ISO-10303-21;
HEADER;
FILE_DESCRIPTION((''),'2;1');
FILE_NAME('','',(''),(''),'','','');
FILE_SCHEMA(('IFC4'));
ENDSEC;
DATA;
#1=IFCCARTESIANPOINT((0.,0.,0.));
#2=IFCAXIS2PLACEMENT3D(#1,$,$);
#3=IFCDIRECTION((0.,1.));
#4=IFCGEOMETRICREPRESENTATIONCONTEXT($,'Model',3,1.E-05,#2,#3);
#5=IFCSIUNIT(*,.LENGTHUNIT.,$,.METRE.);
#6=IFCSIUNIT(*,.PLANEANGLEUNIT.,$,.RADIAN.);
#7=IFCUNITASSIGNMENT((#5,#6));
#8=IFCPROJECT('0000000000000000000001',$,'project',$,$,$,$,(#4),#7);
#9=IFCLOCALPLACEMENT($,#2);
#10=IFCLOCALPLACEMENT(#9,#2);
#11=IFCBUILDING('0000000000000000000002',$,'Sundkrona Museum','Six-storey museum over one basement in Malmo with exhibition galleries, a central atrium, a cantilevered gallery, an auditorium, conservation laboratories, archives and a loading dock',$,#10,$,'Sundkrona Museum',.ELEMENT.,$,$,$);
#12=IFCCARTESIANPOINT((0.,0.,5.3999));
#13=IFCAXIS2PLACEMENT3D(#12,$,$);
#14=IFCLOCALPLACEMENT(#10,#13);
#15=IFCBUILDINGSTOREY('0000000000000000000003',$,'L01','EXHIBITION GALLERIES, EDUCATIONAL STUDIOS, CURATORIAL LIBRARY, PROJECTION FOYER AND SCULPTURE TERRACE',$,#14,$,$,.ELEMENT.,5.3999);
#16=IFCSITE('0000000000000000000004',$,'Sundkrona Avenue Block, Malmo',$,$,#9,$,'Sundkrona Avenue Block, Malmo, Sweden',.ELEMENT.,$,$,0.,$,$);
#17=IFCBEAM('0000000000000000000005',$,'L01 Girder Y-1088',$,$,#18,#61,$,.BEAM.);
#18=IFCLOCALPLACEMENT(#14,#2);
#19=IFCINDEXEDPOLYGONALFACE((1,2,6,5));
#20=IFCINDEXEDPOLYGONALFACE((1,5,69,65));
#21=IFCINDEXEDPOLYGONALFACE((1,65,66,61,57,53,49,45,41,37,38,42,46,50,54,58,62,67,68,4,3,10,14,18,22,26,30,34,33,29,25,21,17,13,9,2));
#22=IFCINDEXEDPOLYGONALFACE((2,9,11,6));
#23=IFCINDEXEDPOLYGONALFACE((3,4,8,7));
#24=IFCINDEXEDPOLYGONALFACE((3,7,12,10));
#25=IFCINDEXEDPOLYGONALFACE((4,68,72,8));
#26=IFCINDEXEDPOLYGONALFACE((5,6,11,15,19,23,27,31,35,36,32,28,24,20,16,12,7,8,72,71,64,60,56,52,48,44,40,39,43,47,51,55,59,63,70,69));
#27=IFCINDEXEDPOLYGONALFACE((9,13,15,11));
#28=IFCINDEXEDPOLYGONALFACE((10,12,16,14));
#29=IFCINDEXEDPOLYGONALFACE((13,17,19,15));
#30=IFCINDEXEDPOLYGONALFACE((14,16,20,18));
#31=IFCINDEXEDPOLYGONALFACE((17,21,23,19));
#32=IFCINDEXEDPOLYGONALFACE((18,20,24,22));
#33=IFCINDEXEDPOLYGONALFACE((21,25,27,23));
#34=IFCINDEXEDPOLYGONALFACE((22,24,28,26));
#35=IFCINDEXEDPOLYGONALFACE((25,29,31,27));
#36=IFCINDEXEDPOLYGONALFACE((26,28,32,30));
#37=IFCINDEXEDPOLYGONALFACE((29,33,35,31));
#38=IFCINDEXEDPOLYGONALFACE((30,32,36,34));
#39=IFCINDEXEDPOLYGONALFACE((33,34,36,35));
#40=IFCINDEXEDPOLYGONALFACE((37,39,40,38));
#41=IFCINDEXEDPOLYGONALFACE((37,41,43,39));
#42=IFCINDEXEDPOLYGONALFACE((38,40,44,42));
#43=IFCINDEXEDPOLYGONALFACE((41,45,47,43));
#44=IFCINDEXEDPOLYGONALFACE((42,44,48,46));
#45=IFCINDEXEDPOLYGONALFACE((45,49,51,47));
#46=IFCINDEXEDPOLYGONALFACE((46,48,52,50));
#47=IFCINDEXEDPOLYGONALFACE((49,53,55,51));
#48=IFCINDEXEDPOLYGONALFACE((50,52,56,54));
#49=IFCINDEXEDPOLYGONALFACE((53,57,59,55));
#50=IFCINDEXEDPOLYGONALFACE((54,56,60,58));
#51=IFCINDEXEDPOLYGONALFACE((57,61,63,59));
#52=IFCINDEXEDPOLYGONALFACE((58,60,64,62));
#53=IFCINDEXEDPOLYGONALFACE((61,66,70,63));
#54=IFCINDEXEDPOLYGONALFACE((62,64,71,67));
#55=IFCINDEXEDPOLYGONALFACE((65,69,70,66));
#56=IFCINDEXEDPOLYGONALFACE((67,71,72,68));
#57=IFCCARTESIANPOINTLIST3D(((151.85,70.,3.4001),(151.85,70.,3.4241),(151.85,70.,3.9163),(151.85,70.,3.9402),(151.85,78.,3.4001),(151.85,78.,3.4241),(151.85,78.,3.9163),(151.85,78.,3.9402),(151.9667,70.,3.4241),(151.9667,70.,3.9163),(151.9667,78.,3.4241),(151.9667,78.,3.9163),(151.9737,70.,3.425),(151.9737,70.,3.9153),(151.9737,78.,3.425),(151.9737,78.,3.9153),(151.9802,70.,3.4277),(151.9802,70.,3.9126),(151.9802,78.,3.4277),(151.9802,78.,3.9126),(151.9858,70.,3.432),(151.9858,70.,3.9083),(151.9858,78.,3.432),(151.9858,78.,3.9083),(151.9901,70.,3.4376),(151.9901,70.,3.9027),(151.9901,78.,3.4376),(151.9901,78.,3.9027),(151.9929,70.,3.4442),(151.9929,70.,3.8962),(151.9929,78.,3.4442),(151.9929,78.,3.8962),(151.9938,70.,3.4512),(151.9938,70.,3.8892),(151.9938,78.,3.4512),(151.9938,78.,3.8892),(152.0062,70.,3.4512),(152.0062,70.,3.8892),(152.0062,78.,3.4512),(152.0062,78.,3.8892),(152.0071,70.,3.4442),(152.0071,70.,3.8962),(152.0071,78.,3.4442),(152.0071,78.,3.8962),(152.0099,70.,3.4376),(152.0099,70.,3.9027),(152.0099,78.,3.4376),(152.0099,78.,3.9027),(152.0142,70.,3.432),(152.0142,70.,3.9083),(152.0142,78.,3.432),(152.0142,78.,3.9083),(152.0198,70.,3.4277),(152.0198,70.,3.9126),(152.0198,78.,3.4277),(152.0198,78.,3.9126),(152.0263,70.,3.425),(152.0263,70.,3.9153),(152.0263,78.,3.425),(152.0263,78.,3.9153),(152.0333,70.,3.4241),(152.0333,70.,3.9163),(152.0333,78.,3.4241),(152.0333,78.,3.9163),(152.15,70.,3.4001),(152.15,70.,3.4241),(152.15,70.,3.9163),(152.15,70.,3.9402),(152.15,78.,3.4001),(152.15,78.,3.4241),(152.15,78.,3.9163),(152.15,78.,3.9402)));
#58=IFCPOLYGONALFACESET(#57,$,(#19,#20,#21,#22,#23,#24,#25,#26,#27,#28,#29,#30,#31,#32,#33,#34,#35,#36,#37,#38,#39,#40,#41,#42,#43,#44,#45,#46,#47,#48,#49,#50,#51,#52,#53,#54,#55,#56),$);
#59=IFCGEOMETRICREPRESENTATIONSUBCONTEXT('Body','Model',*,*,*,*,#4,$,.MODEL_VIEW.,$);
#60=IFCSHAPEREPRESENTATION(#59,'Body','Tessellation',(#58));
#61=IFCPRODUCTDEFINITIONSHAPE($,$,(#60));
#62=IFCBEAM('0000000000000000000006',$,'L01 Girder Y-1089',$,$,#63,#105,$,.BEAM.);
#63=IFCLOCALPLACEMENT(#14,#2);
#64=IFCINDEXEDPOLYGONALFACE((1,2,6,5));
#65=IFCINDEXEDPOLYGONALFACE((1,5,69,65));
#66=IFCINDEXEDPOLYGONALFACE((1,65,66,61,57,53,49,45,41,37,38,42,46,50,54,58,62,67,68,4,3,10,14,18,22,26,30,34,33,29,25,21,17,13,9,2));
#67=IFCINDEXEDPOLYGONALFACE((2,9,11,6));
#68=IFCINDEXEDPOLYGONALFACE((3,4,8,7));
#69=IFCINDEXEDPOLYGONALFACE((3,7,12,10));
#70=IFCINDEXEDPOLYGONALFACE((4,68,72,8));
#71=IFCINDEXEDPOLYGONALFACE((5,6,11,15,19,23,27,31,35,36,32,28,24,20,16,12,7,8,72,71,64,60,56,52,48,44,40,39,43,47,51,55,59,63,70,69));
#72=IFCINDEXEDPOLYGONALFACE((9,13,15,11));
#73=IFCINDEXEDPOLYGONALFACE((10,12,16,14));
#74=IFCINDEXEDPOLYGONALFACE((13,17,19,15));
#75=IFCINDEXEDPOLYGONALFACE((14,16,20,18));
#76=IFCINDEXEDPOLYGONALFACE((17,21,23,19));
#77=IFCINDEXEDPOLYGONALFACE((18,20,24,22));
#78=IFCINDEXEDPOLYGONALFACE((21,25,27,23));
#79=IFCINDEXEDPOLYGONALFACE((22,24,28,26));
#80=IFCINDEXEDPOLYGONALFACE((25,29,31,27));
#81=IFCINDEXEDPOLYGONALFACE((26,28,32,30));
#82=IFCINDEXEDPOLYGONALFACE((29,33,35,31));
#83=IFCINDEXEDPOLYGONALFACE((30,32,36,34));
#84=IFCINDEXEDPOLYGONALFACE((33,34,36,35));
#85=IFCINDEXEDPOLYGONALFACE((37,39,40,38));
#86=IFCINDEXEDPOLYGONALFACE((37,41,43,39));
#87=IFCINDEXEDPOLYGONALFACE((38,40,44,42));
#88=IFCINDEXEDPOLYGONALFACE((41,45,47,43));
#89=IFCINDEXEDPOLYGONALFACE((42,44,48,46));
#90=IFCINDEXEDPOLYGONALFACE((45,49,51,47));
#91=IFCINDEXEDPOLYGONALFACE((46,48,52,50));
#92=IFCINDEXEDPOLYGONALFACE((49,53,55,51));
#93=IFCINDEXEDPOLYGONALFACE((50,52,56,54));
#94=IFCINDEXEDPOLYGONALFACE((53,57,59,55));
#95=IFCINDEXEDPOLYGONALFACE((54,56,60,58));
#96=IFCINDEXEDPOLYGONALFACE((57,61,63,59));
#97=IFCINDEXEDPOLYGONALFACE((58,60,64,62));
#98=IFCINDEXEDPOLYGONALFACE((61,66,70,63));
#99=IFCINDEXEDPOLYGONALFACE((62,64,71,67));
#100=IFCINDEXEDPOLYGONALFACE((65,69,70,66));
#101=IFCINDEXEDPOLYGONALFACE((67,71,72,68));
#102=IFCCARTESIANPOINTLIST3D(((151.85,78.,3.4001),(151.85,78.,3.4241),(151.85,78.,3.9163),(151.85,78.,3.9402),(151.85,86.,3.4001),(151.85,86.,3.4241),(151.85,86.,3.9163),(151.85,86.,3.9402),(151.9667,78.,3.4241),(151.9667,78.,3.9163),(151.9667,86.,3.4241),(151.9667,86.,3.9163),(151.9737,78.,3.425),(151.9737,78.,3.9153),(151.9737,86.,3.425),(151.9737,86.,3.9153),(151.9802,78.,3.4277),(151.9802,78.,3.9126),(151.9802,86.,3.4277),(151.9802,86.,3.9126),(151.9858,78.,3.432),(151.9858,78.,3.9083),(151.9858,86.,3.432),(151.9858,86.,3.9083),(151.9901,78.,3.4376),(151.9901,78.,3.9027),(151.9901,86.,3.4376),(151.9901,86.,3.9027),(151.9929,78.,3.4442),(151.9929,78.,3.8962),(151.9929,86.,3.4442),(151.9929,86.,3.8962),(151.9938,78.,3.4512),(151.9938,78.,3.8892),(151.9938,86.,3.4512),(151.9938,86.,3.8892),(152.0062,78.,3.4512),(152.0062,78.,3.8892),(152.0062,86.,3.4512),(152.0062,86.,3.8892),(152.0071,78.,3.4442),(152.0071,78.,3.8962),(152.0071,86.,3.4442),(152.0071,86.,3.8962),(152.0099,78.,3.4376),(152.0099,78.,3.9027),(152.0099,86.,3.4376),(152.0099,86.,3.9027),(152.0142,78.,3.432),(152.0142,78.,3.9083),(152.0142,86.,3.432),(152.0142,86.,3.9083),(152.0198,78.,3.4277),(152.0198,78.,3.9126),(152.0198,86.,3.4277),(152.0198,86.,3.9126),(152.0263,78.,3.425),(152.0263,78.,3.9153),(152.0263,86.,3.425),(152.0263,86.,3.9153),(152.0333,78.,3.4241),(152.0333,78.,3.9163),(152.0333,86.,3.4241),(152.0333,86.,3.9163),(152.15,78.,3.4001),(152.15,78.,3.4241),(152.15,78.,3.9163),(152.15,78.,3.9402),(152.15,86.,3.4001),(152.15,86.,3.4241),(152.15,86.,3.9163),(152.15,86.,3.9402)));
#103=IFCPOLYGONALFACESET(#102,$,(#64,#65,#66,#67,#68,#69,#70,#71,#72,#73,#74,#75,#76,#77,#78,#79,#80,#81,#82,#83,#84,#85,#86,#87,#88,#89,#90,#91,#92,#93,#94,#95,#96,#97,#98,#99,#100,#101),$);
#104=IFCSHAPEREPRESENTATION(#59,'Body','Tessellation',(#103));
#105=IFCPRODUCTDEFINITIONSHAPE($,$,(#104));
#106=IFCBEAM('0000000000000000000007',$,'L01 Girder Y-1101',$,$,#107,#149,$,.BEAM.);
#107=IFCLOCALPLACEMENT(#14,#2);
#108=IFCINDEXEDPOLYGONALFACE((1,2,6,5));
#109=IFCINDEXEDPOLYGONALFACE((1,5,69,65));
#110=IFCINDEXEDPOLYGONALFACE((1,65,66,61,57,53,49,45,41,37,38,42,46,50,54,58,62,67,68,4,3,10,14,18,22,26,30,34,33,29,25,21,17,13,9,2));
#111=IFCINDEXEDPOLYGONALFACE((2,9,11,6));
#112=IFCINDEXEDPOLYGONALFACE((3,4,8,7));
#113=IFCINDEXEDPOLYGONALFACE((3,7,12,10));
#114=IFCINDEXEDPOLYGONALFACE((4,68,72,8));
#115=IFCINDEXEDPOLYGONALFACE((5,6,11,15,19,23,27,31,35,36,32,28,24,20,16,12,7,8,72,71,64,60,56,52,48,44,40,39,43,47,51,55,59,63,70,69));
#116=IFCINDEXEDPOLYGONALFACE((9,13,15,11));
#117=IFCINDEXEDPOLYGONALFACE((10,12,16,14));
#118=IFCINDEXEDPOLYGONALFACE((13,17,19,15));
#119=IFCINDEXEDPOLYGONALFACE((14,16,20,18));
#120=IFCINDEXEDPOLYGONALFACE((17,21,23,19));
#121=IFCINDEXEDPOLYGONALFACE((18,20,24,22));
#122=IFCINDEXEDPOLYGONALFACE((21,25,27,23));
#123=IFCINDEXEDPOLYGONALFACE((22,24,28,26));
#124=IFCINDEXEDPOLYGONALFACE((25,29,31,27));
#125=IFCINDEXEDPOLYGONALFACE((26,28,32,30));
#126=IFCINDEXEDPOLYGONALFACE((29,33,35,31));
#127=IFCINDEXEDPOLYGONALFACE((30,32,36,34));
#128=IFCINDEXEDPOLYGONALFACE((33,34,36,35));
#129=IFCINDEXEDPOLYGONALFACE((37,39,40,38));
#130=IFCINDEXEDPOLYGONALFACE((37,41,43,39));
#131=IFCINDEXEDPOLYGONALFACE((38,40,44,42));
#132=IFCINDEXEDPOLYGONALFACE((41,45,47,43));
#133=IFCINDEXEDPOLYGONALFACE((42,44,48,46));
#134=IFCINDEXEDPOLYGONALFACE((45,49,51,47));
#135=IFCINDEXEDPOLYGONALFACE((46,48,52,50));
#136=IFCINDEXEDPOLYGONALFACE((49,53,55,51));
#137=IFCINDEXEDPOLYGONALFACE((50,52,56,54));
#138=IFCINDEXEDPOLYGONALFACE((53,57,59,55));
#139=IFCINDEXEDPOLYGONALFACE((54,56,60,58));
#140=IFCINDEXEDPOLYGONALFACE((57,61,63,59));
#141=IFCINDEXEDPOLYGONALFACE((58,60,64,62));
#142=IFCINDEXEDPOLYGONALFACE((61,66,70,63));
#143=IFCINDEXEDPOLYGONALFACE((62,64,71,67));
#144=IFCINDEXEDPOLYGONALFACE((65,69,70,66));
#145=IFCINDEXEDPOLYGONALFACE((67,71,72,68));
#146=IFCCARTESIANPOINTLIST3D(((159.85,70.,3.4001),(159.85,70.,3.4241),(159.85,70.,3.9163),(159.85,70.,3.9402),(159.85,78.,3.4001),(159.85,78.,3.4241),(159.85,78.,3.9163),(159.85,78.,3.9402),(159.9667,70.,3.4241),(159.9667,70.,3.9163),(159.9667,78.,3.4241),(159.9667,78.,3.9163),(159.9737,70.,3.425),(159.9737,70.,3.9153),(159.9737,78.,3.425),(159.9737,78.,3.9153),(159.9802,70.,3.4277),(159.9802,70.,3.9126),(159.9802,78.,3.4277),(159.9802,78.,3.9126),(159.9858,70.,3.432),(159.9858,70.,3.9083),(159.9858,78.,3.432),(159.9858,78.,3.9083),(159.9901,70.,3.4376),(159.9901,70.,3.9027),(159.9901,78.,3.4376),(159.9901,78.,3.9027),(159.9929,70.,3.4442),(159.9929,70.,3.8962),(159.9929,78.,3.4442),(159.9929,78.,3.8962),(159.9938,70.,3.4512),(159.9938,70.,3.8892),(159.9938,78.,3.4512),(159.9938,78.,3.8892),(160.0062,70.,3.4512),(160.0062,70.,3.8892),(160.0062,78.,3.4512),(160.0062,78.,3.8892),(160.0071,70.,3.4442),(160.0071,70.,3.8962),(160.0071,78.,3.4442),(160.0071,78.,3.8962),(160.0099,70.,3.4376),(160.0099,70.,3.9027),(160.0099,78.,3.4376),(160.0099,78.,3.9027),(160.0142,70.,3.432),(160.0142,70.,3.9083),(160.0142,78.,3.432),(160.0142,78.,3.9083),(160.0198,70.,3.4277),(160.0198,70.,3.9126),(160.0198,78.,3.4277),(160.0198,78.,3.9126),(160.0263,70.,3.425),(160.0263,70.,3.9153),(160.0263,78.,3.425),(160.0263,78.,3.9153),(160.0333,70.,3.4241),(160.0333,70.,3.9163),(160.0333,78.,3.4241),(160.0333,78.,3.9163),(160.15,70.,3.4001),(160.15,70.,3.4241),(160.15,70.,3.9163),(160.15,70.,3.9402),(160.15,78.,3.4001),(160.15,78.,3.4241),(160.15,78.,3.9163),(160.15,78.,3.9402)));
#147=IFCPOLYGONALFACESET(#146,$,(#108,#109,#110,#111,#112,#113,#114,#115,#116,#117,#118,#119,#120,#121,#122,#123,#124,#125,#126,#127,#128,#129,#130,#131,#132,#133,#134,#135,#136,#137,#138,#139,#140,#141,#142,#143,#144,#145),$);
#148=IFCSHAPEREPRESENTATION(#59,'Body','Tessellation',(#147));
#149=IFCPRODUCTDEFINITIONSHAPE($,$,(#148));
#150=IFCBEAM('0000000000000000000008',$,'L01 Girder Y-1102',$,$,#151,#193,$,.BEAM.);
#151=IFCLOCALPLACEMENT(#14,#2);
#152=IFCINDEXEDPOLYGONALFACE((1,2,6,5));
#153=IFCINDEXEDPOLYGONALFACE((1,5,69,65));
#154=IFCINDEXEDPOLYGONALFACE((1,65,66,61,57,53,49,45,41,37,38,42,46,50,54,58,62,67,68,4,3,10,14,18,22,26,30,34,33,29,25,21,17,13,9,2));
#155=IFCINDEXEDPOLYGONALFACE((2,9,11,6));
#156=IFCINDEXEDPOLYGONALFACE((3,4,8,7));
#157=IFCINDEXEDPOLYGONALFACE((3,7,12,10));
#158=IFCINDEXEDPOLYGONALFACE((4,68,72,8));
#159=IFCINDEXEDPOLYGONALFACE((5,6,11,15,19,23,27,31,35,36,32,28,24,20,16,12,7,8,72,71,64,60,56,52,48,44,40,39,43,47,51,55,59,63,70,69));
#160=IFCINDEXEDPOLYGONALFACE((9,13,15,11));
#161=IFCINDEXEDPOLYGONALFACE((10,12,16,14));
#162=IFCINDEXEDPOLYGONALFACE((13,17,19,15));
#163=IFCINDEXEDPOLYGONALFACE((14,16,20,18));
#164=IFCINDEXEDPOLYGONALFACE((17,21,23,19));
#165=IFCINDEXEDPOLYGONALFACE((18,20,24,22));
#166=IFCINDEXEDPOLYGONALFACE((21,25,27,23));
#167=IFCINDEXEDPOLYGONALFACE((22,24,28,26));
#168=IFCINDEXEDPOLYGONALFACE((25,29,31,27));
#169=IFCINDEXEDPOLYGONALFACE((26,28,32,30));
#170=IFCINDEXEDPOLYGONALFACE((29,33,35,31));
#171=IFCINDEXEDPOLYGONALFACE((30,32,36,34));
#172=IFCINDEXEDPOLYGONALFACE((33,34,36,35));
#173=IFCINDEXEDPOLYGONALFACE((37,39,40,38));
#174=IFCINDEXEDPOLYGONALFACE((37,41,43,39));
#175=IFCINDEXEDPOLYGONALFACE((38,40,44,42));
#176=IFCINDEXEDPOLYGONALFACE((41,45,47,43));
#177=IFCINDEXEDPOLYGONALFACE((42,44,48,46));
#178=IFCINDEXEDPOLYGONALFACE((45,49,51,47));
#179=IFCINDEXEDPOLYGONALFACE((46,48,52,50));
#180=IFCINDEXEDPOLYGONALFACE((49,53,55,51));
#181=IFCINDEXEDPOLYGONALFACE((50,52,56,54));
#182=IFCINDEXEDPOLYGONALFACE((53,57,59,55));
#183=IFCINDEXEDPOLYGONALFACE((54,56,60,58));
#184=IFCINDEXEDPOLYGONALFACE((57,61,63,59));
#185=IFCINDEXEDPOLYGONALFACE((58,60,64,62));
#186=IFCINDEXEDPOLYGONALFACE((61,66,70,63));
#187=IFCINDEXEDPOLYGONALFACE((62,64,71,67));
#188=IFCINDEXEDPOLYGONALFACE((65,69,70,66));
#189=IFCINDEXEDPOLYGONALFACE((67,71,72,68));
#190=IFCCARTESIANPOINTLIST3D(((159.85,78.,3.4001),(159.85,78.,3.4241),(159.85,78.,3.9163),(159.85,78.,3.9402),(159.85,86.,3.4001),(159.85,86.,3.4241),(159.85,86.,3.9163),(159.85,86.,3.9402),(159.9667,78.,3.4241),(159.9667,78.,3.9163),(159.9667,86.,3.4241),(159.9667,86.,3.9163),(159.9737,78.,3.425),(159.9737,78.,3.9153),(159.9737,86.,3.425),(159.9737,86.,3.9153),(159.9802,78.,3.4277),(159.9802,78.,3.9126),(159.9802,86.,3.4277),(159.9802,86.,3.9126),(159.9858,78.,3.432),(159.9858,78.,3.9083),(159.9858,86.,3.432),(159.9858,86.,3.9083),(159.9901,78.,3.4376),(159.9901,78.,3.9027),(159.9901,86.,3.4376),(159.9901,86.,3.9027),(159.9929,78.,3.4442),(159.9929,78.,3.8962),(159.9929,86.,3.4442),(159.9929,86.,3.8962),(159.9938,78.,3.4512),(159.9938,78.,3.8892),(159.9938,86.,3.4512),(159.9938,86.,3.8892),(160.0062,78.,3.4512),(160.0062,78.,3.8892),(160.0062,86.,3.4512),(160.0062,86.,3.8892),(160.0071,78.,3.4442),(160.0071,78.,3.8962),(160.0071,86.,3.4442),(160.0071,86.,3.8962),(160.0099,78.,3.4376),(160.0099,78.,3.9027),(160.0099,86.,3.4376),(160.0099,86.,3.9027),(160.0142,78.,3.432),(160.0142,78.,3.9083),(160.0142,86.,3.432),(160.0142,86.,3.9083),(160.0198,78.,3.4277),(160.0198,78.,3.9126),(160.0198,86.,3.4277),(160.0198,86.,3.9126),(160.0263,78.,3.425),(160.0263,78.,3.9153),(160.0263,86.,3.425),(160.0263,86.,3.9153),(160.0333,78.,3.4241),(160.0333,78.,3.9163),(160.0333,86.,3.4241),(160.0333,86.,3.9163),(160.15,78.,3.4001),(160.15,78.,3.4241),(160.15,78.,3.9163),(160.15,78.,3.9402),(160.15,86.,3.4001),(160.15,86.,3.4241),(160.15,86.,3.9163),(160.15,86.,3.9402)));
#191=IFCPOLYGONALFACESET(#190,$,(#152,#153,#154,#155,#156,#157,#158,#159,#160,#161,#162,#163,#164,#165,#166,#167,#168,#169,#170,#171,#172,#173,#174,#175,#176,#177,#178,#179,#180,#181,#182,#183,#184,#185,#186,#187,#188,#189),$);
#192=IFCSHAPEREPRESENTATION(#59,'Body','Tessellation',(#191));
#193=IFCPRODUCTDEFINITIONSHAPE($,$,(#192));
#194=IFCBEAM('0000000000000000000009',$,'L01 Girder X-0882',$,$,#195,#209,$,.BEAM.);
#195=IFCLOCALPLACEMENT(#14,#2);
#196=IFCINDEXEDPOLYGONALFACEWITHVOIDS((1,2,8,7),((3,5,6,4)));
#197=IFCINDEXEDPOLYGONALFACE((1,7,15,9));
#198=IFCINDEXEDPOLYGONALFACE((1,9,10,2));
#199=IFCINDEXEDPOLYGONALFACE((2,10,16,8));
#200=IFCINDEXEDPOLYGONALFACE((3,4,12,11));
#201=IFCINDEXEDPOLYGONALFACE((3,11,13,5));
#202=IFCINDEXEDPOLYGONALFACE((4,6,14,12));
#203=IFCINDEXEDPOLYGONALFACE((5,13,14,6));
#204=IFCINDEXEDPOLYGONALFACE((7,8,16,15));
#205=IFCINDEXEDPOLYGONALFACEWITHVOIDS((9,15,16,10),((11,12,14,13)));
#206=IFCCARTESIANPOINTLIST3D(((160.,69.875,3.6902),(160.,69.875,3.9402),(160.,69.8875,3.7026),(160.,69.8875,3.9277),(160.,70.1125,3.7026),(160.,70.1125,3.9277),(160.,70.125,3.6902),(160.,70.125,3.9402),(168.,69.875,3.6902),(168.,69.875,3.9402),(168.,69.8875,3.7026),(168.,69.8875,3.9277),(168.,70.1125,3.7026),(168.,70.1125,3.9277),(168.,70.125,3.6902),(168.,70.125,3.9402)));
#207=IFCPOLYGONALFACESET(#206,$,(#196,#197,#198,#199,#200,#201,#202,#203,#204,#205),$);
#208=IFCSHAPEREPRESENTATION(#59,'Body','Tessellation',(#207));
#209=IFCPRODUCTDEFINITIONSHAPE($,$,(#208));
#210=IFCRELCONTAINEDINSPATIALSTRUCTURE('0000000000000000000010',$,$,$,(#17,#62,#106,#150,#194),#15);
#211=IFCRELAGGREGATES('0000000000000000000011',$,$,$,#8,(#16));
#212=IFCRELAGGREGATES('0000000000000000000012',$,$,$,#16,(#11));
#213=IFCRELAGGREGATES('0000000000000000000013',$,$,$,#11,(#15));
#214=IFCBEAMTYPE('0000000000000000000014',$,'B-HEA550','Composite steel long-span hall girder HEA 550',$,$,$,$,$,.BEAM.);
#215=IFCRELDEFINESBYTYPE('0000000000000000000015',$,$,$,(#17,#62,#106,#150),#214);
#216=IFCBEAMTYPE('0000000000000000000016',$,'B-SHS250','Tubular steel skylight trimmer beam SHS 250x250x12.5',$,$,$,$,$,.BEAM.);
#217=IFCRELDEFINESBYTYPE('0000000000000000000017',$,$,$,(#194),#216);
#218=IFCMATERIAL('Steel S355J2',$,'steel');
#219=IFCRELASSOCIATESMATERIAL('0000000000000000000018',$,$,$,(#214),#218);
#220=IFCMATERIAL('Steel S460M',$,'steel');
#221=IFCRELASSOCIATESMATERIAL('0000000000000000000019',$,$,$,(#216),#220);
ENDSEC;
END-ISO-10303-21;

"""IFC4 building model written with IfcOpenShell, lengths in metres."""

from ifc_helpers import new_model, si_unit, direction, frame, origin, origin_2d, place, context, subcontext, project, spatial, hollow_rectangle, i_section, extrude, material, material_profile, profile_set, type_object, element, save


model = new_model("IFC4")

# Units and contexts
model_context = context("Model", 3, precision=1e-05, world=origin(), true_north=direction((0.0, 1.0)))
body_context = subcontext(model_context, "Body", "Model", "MODEL_VIEW")
ifc_project = project(units=[si_unit("LENGTHUNIT", "METRE"), si_unit("PLANEANGLEUNIT", "RADIAN")], contexts=[model_context])

# Site, building, storey
site_placement = place(None, origin())
site = spatial("IfcSite", under=ifc_project, at=site_placement, Name="Sundkrona Avenue Block, Malmo", LongName="Sundkrona Avenue Block, Malmo, Sweden", CompositionType="ELEMENT", RefElevation=0.0)
building_placement = place(site_placement, origin())
building = spatial("IfcBuilding", under=site, at=building_placement, Name="Sundkrona Museum", Description="Six-storey museum over one basement in Malmo with exhibition galleries, a central atrium, a cantilevered gallery, an auditorium, conservation laboratories, archives and a loading dock", LongName="Sundkrona Museum", CompositionType="ELEMENT")
storey_placement = place(building_placement, frame((0.0, 0.0, 5.3999)))
storey = spatial("IfcBuildingStorey", under=building, at=storey_placement, Name="L01", Description="EXHIBITION GALLERIES, EDUCATIONAL STUDIOS, CURATORIAL LIBRARY, PROJECTION FOYER AND SCULPTURE TERRACE", CompositionType="ELEMENT", Elevation=5.3999)

# Shared definitions
ifc_material_1 = material(Name="Steel S355J2", Category="steel")

# Beams
ifc_material_profile_1 = material_profile(ifc_material_1, i_section(OverallWidth=0.3, OverallDepth=0.54, WebThickness=0.0125, FlangeThickness=0.0239, FilletRadius=0.0271, at=origin_2d()), Name="HEA 550")
ifc_profile_set_1 = profile_set([ifc_material_profile_1], Name="Steel S355J2")
beam_type_1 = type_object("IfcBeamType", Name="B-HEA550", Description="Composite steel long-span hall girder HEA 550", PredefinedType="BEAM", material=ifc_profile_set_1)
for number, where, z_axis, x_axis, name in (
    (1, (152.0, 70.0, 3.6702), (0.0, 1.0, 0.0), (-1.0, 0.0, 0.0), "L01 Girder Y-1088"),
    (2, (152.0, 78.0, 3.6702), (0.0, 1.0, 0.0), (-1.0, 0.0, 0.0), "L01 Girder Y-1089"),
    (3, (160.0, 70.0, 3.6702), (0.0, 1.0, 0.0), (-1.0, 0.0, 0.0), "L01 Girder Y-1101"),
    (4, (160.0, 78.0, 3.6702), (0.0, 1.0, 0.0), (-1.0, 0.0, 0.0), "L01 Girder Y-1102"),
):
    element("IfcBeam", number, at=place(storey_placement, frame(where, z_axis=z_axis, x_axis=x_axis)), inside=storey, type_object=beam_type_1, Name=name, PredefinedType="BEAM", context=body_context, shape_type="SweptSolid", body=[
        extrude(i_section(OverallWidth=0.3, OverallDepth=0.54, WebThickness=0.0125, FlangeThickness=0.0239, FilletRadius=0.0271, at=origin_2d()), origin(), (0.0, 0.0, 1.0), 8.0),
    ])
ifc_material_2 = material(Name="Steel S460M", Category="steel")
ifc_material_profile_2 = material_profile(ifc_material_2, hollow_rectangle(XDim=0.25, YDim=0.25, WallThickness=0.0125, at=origin_2d()), Name="SHS 250x250x12.5")
ifc_profile_set_2 = profile_set([ifc_material_profile_2], Name="Steel S460M")
beam_type_2 = type_object("IfcBeamType", Name="B-SHS250", Description="Tubular steel skylight trimmer beam SHS 250x250x12.5", PredefinedType="BEAM", material=ifc_profile_set_2)
beam_1_placement = place(storey_placement, frame((160.0, 70.0, 3.8152), z_axis=(1.0, 0.0, 0.0), x_axis=(0.0, 1.0, 0.0)))
element("IfcBeam", 5, at=beam_1_placement, inside=storey, type_object=beam_type_2, Name="L01 Girder X-0882", PredefinedType="BEAM", context=body_context, shape_type="SweptSolid", body=[
    extrude(hollow_rectangle(XDim=0.25, YDim=0.25, WallThickness=0.0125, at=origin_2d()), origin(), (0.0, 0.0, 1.0), 8.0),
])

save(model, "model.ifc")
